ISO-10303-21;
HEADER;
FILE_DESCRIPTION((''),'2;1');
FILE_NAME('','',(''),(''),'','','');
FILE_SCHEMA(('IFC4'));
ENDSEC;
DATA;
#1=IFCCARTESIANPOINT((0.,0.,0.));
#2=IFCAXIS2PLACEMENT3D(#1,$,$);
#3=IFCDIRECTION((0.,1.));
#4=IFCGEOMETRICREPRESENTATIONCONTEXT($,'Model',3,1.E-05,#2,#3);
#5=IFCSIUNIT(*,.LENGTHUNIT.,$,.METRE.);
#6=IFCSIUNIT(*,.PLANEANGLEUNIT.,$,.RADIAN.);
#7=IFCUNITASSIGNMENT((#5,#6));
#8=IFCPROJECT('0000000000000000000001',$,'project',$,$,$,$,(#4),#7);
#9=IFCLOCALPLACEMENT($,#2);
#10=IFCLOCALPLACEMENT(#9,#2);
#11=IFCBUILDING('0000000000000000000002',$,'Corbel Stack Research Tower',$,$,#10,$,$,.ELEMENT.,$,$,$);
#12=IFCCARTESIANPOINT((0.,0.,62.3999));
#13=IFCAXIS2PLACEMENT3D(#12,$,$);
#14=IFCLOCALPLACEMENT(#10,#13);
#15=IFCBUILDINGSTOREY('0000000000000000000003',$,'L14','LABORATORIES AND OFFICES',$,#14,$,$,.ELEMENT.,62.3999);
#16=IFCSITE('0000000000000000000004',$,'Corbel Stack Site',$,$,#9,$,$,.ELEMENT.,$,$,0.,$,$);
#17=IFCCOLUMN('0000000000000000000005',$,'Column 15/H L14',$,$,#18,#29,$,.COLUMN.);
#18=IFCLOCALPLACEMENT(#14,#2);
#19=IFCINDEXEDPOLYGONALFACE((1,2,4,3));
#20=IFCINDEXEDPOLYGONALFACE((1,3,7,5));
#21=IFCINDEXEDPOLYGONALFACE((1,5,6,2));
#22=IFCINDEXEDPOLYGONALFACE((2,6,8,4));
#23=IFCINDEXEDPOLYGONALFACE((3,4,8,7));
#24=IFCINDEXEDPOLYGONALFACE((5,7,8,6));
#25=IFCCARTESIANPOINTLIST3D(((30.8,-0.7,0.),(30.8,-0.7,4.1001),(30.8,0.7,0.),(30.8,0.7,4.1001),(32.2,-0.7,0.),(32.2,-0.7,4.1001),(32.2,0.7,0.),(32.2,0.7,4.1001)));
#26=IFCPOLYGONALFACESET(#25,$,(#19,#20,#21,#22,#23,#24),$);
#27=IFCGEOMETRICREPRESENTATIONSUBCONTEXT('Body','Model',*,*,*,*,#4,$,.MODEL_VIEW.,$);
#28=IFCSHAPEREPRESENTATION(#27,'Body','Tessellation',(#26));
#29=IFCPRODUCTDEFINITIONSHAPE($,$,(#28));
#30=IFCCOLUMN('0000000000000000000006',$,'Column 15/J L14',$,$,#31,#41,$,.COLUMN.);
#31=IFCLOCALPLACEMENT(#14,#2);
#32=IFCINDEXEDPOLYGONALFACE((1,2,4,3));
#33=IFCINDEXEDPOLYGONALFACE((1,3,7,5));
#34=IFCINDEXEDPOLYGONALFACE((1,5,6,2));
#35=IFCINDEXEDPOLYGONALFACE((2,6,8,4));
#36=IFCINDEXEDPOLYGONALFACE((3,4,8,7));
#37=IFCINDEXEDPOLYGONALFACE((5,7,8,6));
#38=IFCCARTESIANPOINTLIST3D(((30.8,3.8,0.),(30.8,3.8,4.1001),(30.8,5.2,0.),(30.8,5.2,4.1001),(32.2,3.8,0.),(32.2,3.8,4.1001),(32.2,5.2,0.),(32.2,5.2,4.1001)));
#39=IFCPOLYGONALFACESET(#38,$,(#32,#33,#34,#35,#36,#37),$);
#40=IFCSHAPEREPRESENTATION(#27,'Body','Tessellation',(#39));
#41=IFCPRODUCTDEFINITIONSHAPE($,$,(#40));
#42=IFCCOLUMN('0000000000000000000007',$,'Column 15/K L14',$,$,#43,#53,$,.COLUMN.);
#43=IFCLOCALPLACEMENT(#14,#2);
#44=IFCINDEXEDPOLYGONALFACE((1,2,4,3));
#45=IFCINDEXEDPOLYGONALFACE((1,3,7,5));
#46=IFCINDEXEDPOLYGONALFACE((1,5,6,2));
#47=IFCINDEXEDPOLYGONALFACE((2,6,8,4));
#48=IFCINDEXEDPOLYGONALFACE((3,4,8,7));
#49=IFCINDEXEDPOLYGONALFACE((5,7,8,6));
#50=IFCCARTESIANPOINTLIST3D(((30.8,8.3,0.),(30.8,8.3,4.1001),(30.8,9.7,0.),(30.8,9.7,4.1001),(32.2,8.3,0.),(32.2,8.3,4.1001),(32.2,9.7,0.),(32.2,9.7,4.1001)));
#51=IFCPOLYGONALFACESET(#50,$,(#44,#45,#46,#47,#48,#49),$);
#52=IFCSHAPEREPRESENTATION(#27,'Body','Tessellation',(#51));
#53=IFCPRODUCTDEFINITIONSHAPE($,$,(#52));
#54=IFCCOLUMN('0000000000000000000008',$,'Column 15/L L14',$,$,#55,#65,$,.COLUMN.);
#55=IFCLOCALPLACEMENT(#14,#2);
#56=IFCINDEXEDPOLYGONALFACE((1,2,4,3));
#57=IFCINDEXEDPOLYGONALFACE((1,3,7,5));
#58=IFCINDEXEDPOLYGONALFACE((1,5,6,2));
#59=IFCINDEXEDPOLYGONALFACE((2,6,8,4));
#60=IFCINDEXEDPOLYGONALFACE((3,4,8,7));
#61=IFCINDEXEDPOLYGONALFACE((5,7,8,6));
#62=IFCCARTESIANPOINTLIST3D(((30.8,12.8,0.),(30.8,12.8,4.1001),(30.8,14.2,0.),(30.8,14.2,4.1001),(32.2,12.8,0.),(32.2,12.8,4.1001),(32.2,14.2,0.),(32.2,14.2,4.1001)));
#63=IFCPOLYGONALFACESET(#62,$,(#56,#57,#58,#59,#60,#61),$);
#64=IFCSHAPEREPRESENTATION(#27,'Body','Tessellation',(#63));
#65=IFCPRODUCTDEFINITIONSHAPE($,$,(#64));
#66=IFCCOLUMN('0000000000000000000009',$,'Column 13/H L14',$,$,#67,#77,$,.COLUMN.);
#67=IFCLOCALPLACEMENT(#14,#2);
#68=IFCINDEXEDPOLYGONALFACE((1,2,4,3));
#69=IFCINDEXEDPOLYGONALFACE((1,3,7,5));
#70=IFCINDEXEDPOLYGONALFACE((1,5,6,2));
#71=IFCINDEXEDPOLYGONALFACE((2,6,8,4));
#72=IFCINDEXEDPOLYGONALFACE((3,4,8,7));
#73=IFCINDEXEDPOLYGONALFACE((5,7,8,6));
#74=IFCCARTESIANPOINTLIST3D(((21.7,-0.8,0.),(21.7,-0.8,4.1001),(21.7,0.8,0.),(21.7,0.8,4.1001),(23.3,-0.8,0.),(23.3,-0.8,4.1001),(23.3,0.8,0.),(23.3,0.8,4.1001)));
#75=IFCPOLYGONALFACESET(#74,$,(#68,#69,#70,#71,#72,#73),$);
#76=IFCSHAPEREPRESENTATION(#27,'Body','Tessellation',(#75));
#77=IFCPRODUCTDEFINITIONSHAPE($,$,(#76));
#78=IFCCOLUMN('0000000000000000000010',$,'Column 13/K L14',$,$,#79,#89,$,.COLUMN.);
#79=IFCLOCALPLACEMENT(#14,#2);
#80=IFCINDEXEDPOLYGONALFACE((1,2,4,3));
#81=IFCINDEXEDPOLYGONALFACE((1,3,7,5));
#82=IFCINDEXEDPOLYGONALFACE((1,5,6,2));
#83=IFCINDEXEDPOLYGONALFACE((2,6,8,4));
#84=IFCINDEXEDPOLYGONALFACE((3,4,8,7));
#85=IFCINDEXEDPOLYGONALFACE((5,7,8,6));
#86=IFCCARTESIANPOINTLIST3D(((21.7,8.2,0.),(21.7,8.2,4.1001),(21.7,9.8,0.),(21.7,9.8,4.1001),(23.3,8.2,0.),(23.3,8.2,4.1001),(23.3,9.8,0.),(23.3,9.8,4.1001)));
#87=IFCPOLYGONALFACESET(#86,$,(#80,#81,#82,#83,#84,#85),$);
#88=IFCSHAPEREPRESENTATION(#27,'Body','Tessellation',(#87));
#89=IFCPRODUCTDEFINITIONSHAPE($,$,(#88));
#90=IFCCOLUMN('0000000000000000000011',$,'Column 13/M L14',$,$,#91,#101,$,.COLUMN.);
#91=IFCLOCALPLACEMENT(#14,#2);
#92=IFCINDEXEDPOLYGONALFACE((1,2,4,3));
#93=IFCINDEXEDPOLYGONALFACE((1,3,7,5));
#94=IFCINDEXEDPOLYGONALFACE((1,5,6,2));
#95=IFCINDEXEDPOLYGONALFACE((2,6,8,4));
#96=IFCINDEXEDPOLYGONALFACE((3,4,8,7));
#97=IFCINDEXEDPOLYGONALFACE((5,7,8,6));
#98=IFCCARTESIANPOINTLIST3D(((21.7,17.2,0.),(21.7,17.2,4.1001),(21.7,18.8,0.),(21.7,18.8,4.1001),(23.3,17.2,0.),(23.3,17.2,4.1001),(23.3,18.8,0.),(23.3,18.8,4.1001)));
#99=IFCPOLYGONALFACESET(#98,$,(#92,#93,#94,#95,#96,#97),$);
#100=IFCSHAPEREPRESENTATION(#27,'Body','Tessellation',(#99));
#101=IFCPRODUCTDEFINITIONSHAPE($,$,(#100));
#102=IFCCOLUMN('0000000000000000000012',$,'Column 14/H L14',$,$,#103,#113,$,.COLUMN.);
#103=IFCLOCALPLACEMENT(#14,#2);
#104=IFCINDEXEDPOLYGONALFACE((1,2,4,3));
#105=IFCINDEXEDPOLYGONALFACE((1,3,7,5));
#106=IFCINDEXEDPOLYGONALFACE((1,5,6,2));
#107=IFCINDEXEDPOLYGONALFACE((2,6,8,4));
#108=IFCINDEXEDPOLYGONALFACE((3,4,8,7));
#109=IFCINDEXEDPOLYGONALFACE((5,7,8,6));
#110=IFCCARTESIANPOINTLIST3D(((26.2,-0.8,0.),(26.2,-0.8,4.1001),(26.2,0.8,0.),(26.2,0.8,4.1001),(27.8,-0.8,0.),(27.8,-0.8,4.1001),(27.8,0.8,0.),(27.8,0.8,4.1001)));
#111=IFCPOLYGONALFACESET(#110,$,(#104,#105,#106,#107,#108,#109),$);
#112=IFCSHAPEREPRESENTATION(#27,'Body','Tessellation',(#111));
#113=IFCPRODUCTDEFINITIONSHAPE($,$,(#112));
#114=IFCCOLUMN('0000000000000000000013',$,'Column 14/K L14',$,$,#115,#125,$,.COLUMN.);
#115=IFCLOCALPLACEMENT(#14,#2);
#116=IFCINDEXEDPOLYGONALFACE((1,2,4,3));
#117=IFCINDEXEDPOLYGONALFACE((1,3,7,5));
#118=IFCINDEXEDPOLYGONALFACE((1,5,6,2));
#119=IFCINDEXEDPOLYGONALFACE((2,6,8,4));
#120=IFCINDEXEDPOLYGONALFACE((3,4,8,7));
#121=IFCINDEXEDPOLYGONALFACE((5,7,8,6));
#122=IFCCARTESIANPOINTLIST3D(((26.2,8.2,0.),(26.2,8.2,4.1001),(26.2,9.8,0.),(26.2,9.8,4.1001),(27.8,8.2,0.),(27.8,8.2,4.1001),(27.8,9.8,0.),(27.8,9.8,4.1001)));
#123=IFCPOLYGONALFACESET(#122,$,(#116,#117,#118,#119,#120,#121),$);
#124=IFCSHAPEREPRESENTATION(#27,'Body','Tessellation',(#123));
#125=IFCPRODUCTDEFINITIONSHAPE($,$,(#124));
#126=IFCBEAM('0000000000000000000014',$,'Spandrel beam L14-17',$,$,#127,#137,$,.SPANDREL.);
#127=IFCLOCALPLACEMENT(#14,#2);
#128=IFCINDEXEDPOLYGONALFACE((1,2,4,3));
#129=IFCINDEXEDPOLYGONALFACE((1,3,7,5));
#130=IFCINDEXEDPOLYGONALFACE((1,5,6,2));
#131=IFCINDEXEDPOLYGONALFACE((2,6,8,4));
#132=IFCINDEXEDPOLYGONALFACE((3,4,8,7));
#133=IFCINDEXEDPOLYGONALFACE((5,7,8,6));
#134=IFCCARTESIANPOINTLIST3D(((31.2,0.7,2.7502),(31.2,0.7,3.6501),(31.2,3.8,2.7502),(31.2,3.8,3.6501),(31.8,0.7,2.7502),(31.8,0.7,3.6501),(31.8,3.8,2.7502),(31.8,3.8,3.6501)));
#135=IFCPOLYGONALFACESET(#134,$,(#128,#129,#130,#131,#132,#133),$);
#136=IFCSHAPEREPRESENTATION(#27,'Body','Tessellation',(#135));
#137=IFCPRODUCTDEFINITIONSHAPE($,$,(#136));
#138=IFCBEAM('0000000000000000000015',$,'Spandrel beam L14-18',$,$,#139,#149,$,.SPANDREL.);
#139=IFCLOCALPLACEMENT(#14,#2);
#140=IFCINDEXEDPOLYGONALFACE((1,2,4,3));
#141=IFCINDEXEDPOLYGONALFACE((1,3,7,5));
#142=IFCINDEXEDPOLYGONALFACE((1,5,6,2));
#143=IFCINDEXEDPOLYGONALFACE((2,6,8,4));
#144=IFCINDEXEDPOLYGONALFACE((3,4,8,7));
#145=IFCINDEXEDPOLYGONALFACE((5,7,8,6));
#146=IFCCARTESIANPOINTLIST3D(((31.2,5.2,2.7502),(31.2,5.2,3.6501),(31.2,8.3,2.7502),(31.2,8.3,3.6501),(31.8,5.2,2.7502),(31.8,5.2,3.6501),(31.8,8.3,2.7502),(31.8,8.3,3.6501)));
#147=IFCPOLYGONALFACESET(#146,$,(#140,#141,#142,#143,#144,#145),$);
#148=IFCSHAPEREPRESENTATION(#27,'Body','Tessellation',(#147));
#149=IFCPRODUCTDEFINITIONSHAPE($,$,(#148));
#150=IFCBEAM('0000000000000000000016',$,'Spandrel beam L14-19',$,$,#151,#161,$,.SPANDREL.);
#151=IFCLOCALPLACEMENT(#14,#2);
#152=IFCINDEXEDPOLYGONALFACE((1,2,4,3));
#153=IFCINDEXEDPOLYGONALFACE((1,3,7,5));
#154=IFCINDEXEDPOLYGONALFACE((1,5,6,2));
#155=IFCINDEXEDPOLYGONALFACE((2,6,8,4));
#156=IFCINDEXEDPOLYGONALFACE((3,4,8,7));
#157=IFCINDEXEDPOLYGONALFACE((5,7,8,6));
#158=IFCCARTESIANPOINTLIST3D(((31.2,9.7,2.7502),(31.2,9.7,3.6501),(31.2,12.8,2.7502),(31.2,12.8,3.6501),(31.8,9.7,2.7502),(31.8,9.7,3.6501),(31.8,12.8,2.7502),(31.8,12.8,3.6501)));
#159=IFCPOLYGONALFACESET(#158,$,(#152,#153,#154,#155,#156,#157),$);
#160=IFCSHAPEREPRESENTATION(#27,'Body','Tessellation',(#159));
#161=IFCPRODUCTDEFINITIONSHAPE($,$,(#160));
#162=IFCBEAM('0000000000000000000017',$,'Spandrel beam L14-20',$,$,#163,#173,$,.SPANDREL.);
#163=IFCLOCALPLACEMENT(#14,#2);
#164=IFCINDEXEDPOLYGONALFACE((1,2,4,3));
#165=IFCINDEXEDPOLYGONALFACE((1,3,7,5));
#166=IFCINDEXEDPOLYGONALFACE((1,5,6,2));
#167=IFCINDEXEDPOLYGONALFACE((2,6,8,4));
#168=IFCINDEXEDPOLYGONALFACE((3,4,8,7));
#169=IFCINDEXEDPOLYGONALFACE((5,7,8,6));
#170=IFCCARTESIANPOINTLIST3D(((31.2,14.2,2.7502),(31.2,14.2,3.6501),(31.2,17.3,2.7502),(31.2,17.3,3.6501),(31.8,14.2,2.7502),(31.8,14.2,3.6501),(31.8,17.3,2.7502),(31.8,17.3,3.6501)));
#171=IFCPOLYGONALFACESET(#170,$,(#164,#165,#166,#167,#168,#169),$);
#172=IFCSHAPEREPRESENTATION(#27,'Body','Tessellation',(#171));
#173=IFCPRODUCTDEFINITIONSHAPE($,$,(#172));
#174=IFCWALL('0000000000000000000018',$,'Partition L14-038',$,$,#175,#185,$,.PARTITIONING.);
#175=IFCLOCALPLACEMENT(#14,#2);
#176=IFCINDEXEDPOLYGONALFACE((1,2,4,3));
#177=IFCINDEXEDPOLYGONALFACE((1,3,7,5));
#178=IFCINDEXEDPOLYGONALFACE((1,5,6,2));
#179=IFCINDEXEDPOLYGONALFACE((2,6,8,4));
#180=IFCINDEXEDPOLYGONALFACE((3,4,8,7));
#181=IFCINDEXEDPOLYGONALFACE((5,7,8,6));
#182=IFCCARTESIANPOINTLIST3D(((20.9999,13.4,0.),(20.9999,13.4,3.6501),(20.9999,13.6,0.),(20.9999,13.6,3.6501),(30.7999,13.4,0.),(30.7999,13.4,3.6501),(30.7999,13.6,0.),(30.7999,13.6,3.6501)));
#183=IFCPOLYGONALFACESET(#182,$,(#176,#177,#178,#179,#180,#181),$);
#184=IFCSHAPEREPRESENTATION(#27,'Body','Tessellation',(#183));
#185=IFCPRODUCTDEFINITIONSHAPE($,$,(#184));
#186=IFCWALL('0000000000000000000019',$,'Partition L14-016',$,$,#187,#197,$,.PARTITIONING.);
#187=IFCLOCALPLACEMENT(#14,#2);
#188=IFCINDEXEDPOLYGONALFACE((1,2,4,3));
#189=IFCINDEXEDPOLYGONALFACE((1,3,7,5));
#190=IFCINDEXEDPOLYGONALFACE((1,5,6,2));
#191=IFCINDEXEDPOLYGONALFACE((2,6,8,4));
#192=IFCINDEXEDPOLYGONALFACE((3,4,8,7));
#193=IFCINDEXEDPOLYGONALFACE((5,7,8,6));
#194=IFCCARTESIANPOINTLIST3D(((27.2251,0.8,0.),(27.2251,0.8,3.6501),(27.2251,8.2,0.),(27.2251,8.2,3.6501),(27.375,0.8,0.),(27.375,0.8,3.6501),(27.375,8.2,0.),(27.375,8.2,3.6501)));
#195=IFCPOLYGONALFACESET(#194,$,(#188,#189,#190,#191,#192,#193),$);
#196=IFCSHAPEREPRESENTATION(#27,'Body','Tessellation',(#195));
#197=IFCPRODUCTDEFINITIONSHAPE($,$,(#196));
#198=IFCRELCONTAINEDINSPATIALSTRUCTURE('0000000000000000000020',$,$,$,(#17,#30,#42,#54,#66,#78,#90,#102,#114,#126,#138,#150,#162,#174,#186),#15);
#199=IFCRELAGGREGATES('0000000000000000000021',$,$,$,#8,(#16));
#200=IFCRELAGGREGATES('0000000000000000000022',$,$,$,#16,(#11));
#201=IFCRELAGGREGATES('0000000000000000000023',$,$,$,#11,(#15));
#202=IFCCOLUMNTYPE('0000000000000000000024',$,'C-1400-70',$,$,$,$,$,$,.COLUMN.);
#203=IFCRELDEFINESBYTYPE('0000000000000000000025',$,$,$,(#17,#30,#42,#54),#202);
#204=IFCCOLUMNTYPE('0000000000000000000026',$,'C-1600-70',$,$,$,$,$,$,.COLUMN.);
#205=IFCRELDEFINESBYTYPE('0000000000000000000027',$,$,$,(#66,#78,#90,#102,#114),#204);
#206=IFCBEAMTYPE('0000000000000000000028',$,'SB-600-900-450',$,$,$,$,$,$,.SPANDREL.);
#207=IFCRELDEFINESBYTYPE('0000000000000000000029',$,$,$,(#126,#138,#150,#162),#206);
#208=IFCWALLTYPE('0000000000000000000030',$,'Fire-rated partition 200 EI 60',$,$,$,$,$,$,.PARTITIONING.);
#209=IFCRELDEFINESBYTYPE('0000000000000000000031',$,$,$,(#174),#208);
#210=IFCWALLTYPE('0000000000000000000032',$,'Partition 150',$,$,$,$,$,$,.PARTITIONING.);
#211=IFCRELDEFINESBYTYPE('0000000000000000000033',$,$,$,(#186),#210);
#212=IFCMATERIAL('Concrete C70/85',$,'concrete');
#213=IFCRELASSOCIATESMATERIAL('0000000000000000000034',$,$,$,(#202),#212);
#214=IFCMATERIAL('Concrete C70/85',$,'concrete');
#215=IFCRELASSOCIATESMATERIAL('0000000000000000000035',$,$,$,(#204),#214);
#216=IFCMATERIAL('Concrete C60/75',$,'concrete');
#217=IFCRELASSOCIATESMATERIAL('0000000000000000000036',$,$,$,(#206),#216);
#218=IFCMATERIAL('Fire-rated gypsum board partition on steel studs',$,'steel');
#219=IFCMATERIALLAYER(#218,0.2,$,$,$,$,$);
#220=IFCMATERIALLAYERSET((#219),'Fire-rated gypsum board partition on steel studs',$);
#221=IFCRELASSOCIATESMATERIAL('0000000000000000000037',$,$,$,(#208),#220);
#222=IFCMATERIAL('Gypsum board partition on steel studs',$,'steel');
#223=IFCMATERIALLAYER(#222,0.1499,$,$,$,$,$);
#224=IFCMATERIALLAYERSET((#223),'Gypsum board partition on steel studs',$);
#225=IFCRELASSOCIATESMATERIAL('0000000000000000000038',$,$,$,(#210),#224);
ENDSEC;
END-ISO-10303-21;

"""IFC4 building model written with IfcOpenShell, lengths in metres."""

from ifc_helpers import new_model, si_unit, direction, frame, frame_2d, origin, origin_2d, place, context, subcontext, project, spatial, rectangle, extrude, material, layer, layer_set, material_profile, profile_set, type_object, element, save


model = new_model("IFC4")

# Units and contexts
model_context = context("Model", 3, precision=1e-05, world=origin(), true_north=direction((0.0, 1.0)))
body_context = subcontext(model_context, "Body", "Model", "MODEL_VIEW")
ifc_project = project(units=[si_unit("LENGTHUNIT", "METRE"), si_unit("PLANEANGLEUNIT", "RADIAN")], contexts=[model_context])

# Site, building, storey
site_placement = place(None, origin())
site = spatial("IfcSite", under=ifc_project, at=site_placement, Name="Corbel Stack Site", CompositionType="ELEMENT", RefElevation=0.0)
building_placement = place(site_placement, origin())
building = spatial("IfcBuilding", under=site, at=building_placement, Name="Corbel Stack Research Tower", CompositionType="ELEMENT")
storey_placement = place(building_placement, frame((0.0, 0.0, 62.3999)))
storey = spatial("IfcBuildingStorey", under=building, at=storey_placement, Name="L14", Description="LABORATORIES AND OFFICES", CompositionType="ELEMENT", Elevation=62.3999)

# Columns
ifc_material_1 = material(Name="Concrete C70/85", Category="concrete")
ifc_material_profile_1 = material_profile(ifc_material_1, rectangle(XDim=1.3999, YDim=1.3999, at=origin_2d()), Name="RC 1400 x 1400")
ifc_profile_set_1 = profile_set([ifc_material_profile_1], Name="Concrete C70/85")
column_type_1 = type_object("IfcColumnType", Name="C-1400-70", PredefinedType="COLUMN", material=ifc_profile_set_1)
for number, where, z_axis, x_axis, name in (
    (1, (31.5, 0.0, 0.0), (0.0, 0.0, 1.0), (1.0, 0.0, 0.0), "Column 15/H L14"),
    (2, (31.5, 4.5, 0.0), (0.0, 0.0, 1.0), (1.0, 0.0, 0.0), "Column 15/J L14"),
    (3, (31.5, 9.0, 0.0), (0.0, 0.0, 1.0), (1.0, 0.0, 0.0), "Column 15/K L14"),
    (4, (31.5, 13.5, 0.0), (0.0, 0.0, 1.0), (1.0, 0.0, 0.0), "Column 15/L L14"),
):
    element("IfcColumn", number, at=place(storey_placement, frame(where, z_axis=z_axis, x_axis=x_axis)), inside=storey, type_object=column_type_1, Name=name, PredefinedType="COLUMN", context=body_context, shape_type="SweptSolid", body=[
        extrude(rectangle(XDim=1.3999, YDim=1.3999, at=origin_2d()), origin(), (0.0, 0.0, 1.0), 4.1001),
    ])
ifc_material_2 = material(Name="Concrete C70/85", Category="concrete")
ifc_material_profile_2 = material_profile(ifc_material_2, rectangle(XDim=1.6001, YDim=1.6001, at=origin_2d()), Name="RC 1600 x 1600")
ifc_profile_set_2 = profile_set([ifc_material_profile_2], Name="Concrete C70/85")
column_type_2 = type_object("IfcColumnType", Name="C-1600-70", PredefinedType="COLUMN", material=ifc_profile_set_2)
for number, where, z_axis, x_axis, name in (
    (5, (22.5, 0.0, 0.0), (0.0, 0.0, 1.0), (1.0, 0.0, 0.0), "Column 13/H L14"),
    (6, (22.5, 9.0, 0.0), (0.0, 0.0, 1.0), (1.0, 0.0, 0.0), "Column 13/K L14"),
    (7, (22.5, 18.0, 0.0), (0.0, 0.0, 1.0), (1.0, 0.0, 0.0), "Column 13/M L14"),
    (8, (27.0, 0.0, 0.0), (0.0, 0.0, 1.0), (1.0, 0.0, 0.0), "Column 14/H L14"),
    (9, (27.0, 9.0, 0.0), (0.0, 0.0, 1.0), (1.0, 0.0, 0.0), "Column 14/K L14"),
):
    element("IfcColumn", number, at=place(storey_placement, frame(where, z_axis=z_axis, x_axis=x_axis)), inside=storey, type_object=column_type_2, Name=name, PredefinedType="COLUMN", context=body_context, shape_type="SweptSolid", body=[
        extrude(rectangle(XDim=1.6001, YDim=1.6001, at=origin_2d()), origin(), (0.0, 0.0, 1.0), 4.1001),
    ])

# Beams
ifc_material_3 = material(Name="Concrete C60/75", Category="concrete")
ifc_material_profile_3 = material_profile(ifc_material_3, rectangle(XDim=0.6001, YDim=0.8999, at=origin_2d()), Name="RC 600 x 900")
ifc_profile_set_3 = profile_set([ifc_material_profile_3], Name="Concrete C60/75")
beam_type = type_object("IfcBeamType", Name="SB-600-900-450", PredefinedType="SPANDREL", material=ifc_profile_set_3)
for number, where, z_axis, x_axis, name in (
    (10, (31.5, 0.7, 3.2002), (0.0, 1.0, 0.0), (-1.0, 0.0, 0.0), "Spandrel beam L14-17"),
    (11, (31.5, 5.2, 3.2002), (0.0, 1.0, 0.0), (-1.0, 0.0, 0.0), "Spandrel beam L14-18"),
    (12, (31.5, 9.7, 3.2002), (0.0, 1.0, 0.0), (-1.0, 0.0, 0.0), "Spandrel beam L14-19"),
    (13, (31.5, 14.2, 3.2002), (0.0, 1.0, 0.0), (-1.0, 0.0, 0.0), "Spandrel beam L14-20"),
):
    element("IfcBeam", number, at=place(storey_placement, frame(where, z_axis=z_axis, x_axis=x_axis)), inside=storey, type_object=beam_type, Name=name, PredefinedType="SPANDREL", context=body_context, shape_type="SweptSolid", body=[
        extrude(rectangle(XDim=0.6001, YDim=0.8999, at=origin_2d()), origin(), (0.0, 0.0, 1.0), 3.1001),
    ])

# Walls
ifc_material_4 = material(Name="Fire-rated gypsum board partition on steel studs", Category="steel")
ifc_layer_1 = layer(ifc_material_4, 0.2)
ifc_layer_set_1 = layer_set([ifc_layer_1], Name="Fire-rated gypsum board partition on steel studs")
wall_type_1 = type_object("IfcWallType", Name="Fire-rated partition 200 EI 60", PredefinedType="PARTITIONING", material=ifc_layer_set_1)
wall_1_placement = place(storey_placement, frame((21.0, 13.5, 0.0), z_axis=(0.0, 0.0, 1.0), x_axis=(1.0, 0.0, 0.0)))
element("IfcWall", 14, at=wall_1_placement, inside=storey, type_object=wall_type_1, Name="Partition L14-038", PredefinedType="PARTITIONING", context=body_context, shape_type="SweptSolid", body=[
    extrude(rectangle(XDim=9.8, YDim=0.2, at=frame_2d((4.8999, 0.0))), origin(), (0.0, 0.0, 1.0), 3.6501),
])
ifc_material_5 = material(Name="Gypsum board partition on steel studs", Category="steel")
ifc_layer_2 = layer(ifc_material_5, 0.1499)
ifc_layer_set_2 = layer_set([ifc_layer_2], Name="Gypsum board partition on steel studs")
wall_type_2 = type_object("IfcWallType", Name="Partition 150", PredefinedType="PARTITIONING", material=ifc_layer_set_2)
wall_2_placement = place(storey_placement, frame((27.3, 0.8, 0.0), z_axis=(0.0, 0.0, 1.0), x_axis=(0.0, 1.0, 0.0)))
element("IfcWall", 15, at=wall_2_placement, inside=storey, type_object=wall_type_2, Name="Partition L14-016", PredefinedType="PARTITIONING", context=body_context, shape_type="SweptSolid", body=[
    extrude(rectangle(XDim=7.3999, YDim=0.1499, at=frame_2d((3.7, 0.0))), origin(), (0.0, 0.0, 1.0), 3.6501),
])

save(model, "model.ifc")
